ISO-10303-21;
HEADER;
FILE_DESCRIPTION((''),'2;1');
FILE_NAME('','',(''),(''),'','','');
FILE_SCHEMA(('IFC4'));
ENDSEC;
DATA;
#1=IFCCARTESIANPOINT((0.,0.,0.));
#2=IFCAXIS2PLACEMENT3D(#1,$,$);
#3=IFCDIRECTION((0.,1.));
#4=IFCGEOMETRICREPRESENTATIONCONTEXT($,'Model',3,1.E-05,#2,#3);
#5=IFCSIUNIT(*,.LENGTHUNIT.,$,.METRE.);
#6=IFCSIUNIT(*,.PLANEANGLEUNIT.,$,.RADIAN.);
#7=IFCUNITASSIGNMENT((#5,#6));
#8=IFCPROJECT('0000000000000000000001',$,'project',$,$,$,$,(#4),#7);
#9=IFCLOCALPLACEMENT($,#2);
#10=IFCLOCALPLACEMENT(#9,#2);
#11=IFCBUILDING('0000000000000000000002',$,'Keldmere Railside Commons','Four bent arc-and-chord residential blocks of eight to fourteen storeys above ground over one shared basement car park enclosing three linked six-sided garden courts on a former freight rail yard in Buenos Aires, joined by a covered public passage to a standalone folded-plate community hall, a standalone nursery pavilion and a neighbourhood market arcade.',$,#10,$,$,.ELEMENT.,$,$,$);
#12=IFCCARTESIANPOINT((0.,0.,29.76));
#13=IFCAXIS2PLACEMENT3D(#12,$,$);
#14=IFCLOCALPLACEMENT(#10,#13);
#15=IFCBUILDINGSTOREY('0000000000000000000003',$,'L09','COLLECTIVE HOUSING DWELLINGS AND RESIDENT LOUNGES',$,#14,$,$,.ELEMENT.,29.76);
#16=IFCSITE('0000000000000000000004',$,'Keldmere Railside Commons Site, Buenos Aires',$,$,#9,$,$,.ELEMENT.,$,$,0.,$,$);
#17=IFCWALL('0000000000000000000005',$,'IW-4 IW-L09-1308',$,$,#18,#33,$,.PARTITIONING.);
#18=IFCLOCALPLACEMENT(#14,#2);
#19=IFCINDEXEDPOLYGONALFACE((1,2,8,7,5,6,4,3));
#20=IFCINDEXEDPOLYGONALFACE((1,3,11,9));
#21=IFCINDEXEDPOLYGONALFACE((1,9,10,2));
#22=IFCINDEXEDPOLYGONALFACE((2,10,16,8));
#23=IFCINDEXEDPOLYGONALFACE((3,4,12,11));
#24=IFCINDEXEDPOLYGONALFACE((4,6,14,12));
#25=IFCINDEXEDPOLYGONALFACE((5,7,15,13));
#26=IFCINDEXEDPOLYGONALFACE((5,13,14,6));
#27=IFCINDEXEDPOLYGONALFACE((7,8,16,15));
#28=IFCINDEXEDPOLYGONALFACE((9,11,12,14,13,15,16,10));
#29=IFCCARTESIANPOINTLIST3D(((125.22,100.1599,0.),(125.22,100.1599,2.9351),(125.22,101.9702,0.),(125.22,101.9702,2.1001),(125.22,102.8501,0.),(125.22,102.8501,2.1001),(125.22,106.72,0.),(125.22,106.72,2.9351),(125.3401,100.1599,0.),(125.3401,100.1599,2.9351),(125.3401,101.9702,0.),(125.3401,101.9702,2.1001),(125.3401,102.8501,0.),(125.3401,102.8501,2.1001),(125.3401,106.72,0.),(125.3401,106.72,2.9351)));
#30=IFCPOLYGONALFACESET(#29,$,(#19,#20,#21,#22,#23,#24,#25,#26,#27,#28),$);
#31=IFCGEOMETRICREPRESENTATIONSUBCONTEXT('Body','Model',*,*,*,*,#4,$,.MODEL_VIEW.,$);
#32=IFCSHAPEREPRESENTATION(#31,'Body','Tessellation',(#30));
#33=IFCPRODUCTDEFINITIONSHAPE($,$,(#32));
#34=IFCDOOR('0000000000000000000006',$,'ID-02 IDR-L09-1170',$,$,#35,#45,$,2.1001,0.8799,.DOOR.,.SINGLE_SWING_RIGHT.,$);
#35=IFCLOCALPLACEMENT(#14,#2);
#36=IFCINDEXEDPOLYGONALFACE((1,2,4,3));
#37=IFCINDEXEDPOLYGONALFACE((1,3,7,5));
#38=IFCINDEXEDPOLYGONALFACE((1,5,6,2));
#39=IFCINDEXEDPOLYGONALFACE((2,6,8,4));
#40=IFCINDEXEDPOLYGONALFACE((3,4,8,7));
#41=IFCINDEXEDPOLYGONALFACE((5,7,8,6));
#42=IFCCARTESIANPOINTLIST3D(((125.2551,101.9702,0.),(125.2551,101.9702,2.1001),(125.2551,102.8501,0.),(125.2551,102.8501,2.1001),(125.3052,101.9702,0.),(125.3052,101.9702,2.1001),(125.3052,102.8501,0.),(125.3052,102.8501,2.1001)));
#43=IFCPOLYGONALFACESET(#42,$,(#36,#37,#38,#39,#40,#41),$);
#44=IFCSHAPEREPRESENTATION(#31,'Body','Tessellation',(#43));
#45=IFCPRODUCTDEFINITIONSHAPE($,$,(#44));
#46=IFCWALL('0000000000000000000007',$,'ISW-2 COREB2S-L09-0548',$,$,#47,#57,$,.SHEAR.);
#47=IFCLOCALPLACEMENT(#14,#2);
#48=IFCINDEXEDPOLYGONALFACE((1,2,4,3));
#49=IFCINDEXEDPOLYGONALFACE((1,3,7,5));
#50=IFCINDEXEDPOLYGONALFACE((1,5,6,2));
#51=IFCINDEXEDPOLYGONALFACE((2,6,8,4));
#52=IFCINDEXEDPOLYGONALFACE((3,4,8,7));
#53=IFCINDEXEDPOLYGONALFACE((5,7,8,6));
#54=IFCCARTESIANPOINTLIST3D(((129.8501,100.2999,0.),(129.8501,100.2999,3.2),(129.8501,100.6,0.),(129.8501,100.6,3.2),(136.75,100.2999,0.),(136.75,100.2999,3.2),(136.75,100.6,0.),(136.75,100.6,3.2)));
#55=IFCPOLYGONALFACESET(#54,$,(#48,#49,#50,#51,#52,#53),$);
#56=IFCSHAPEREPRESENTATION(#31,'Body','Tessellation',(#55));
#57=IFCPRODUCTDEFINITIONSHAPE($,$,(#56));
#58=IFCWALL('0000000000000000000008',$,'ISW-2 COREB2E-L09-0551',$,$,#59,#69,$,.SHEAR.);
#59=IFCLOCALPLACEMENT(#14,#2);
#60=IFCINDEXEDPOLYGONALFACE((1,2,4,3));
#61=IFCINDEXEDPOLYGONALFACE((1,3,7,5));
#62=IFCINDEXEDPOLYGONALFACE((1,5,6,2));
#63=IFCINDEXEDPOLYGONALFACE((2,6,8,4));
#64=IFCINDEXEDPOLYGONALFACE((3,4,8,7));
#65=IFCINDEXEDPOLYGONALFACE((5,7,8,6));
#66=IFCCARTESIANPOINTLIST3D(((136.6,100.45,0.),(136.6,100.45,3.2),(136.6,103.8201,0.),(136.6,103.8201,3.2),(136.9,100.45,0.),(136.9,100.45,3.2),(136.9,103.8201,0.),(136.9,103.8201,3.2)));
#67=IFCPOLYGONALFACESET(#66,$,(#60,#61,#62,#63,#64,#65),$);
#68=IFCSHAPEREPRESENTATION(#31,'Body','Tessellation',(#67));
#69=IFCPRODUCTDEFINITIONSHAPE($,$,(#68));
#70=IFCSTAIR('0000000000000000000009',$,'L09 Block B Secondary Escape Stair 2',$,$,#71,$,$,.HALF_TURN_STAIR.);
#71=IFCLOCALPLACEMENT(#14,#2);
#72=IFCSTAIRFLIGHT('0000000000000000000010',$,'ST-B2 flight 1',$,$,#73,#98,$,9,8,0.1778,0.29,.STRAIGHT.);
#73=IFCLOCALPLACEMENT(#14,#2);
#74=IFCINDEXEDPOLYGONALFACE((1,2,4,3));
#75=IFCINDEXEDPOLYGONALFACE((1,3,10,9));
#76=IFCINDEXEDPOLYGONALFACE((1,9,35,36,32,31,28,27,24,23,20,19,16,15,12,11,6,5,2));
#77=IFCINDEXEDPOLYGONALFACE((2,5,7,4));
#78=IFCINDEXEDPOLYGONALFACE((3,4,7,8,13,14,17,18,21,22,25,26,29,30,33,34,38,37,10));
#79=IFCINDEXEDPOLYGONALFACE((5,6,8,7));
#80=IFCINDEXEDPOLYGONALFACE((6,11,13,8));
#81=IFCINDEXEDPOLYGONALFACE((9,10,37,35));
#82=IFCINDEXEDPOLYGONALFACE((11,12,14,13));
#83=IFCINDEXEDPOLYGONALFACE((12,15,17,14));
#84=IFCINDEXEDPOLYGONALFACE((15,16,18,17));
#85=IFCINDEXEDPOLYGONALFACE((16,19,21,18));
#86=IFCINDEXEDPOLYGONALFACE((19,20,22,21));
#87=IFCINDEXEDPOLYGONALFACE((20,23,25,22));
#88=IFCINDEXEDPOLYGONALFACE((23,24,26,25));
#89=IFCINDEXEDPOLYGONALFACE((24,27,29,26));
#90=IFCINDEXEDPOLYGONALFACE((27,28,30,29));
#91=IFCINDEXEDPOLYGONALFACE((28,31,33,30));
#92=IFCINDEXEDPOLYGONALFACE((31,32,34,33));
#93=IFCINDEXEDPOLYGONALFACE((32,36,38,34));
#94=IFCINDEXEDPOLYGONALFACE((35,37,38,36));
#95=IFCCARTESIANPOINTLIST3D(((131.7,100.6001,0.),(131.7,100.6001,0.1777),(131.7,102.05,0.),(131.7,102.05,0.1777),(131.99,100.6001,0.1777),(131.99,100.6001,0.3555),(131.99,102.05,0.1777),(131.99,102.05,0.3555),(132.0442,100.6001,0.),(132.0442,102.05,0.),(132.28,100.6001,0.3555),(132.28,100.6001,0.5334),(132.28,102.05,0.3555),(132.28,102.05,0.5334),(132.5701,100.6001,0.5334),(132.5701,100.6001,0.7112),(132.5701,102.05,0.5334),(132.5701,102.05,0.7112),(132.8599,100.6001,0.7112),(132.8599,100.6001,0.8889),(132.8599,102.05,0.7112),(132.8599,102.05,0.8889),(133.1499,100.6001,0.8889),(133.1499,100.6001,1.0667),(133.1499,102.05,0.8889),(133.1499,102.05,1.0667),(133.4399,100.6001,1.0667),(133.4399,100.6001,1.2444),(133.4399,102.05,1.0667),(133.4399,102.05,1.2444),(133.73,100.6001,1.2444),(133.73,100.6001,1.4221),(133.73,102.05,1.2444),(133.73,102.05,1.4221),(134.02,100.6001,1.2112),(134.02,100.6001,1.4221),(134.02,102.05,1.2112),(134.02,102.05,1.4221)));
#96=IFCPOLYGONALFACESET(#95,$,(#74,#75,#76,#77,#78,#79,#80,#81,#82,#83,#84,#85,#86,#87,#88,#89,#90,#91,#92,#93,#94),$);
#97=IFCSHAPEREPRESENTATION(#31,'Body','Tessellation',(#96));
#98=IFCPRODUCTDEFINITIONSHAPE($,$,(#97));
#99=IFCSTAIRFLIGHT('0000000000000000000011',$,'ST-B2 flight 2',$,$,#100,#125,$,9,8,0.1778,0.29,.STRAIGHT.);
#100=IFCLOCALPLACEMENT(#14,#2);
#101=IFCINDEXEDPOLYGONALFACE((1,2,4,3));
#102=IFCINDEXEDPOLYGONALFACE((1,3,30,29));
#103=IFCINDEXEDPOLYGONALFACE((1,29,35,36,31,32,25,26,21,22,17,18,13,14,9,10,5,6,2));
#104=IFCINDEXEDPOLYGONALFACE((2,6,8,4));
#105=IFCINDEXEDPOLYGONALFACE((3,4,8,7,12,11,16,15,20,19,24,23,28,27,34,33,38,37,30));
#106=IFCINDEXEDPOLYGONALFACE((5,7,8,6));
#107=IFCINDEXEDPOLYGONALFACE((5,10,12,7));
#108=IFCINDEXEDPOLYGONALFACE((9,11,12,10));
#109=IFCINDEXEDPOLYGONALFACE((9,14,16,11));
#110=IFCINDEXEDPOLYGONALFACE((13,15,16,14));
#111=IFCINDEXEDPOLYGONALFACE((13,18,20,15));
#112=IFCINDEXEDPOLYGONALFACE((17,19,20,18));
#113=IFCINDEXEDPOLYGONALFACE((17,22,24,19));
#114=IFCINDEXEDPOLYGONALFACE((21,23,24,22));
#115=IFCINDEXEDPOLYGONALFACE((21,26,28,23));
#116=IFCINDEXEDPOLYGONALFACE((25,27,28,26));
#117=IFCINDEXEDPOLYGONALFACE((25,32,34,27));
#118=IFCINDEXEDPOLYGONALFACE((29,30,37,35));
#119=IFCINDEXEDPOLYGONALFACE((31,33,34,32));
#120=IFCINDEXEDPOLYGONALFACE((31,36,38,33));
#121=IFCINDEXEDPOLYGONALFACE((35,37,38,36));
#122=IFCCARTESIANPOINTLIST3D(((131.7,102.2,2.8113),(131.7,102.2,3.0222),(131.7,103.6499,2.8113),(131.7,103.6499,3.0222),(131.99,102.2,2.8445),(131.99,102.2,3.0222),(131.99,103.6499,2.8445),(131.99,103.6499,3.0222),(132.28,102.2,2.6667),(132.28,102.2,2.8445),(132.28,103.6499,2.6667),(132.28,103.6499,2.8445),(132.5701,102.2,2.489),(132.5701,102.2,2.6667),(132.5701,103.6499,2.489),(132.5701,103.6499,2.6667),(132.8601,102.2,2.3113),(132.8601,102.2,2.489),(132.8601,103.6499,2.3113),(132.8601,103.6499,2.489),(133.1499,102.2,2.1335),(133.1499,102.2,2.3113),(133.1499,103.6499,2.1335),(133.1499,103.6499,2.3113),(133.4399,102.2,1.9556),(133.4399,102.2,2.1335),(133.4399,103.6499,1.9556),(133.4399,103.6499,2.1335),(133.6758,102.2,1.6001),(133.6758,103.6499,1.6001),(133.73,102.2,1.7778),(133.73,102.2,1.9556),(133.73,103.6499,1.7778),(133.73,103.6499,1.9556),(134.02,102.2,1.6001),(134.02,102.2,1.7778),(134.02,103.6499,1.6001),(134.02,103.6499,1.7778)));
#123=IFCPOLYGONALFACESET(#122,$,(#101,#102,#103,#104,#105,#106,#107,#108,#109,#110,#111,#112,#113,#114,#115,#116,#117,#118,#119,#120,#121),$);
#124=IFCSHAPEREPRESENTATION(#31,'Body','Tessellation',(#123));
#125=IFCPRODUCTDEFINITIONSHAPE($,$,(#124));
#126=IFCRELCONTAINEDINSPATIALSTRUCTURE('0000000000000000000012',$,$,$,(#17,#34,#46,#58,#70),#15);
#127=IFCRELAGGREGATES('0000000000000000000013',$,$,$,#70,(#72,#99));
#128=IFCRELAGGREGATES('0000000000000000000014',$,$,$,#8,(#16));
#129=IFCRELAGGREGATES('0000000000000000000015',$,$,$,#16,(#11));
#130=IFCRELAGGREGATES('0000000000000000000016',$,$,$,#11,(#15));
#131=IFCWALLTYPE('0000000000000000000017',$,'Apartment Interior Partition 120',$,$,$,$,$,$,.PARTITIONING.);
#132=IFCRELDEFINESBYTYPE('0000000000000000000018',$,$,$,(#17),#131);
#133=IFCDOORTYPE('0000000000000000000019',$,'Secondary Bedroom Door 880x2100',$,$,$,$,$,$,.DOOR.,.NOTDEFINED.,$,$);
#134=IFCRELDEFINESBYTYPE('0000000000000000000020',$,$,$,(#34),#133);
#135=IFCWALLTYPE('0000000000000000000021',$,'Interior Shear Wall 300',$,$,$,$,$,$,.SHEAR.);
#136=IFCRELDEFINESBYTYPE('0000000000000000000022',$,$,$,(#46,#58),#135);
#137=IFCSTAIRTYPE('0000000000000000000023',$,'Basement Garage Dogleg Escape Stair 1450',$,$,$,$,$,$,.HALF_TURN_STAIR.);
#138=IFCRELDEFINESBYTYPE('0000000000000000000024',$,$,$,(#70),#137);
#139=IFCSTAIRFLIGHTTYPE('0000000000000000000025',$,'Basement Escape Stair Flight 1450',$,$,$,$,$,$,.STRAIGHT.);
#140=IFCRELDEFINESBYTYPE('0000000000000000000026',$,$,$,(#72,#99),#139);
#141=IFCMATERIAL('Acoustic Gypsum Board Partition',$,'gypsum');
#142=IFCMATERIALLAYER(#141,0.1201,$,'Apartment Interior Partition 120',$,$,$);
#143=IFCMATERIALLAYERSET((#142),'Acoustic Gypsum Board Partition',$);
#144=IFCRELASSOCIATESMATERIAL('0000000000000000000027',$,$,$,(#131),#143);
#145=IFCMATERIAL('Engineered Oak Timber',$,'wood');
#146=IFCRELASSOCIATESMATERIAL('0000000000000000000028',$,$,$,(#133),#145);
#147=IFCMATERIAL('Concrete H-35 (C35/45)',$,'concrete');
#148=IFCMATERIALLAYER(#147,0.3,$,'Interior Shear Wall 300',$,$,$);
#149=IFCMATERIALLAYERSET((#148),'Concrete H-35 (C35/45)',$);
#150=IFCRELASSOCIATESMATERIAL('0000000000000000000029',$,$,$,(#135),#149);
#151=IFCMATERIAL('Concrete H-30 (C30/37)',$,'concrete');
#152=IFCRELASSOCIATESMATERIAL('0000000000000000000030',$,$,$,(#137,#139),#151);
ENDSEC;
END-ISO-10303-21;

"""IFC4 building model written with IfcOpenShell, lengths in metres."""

from ifc_helpers import new_model, si_unit, direction, frame, frame_2d, origin, place, context, subcontext, project, spatial, polyline, rectangle, outline, extrude, material, layer, layer_set, type_object, element, fill, aggregate, save


model = new_model("IFC4")

# Units and contexts
model_context = context("Model", 3, precision=1e-05, world=origin(), true_north=direction((0.0, 1.0)))
body_context = subcontext(model_context, "Body", "Model", "MODEL_VIEW")
ifc_project = project(units=[si_unit("LENGTHUNIT", "METRE"), si_unit("PLANEANGLEUNIT", "RADIAN")], contexts=[model_context])

# Site, building, storey
site_placement = place(None, origin())
site = spatial("IfcSite", under=ifc_project, at=site_placement, Name="Keldmere Railside Commons Site, Buenos Aires", CompositionType="ELEMENT", RefElevation=0.0)
building_placement = place(site_placement, origin())
building = spatial("IfcBuilding", under=site, at=building_placement, Name="Keldmere Railside Commons", Description="Four bent arc-and-chord residential blocks of eight to fourteen storeys above ground over one shared basement car park enclosing three linked six-sided garden courts on a former freight rail yard in Buenos Aires, joined by a covered public passage to a standalone folded-plate community hall, a standalone nursery pavilion and a neighbourhood market arcade.", CompositionType="ELEMENT")
storey_placement = place(building_placement, frame((0.0, 0.0, 29.76)))
storey = spatial("IfcBuildingStorey", under=building, at=storey_placement, Name="L09", Description="COLLECTIVE HOUSING DWELLINGS AND RESIDENT LOUNGES", CompositionType="ELEMENT", Elevation=29.76)

# Wall, opening, door
ifc_material_1 = material(Name="Acoustic Gypsum Board Partition", Category="gypsum")
ifc_layer_1 = layer(ifc_material_1, 0.1201, Name="Apartment Interior Partition 120")
ifc_layer_set_1 = layer_set([ifc_layer_1], Name="Acoustic Gypsum Board Partition")
wall_type_1 = type_object("IfcWallType", Name="Apartment Interior Partition 120", PredefinedType="PARTITIONING", material=ifc_layer_set_1)
wall_1_placement = place(storey_placement, frame((125.28, 100.1599, 0.0), z_axis=(0.0, 0.0, 1.0), x_axis=(0.0, 1.0, 0.0)))
wall_1 = element("IfcWall", 1, at=wall_1_placement, inside=storey, type_object=wall_type_1, Name="IW-4 IW-L09-1308", PredefinedType="PARTITIONING", context=body_context, shape_type="SweptSolid", body=[
    extrude(rectangle(XDim=6.5601, YDim=0.1201, at=frame_2d((3.28, 0.0))), origin(), (0.0, 0.0, 1.0), 2.9351),
])
opening_placement = place(wall_1_placement, frame((1.8103, 0.0, 0.0)))
opening = element("IfcOpeningElement", 2, at=opening_placement, cuts=wall_1, PredefinedType="OPENING", context=body_context, shape_type="SweptSolid", body=[
    extrude(rectangle(XDim=0.8799, YDim=2.1001, at=frame_2d((0.4399, 1.05))), frame((0.0, 0.0701, 0.0), z_axis=(0.0, -1.0, 0.0), x_axis=(1.0, 0.0, 0.0)), (0.0, 0.0, 1.0), 0.1401),
])
ifc_material_2 = material(Name="Engineered Oak Timber", Category="wood")
door_type = type_object("IfcDoorType", Name="Secondary Bedroom Door 880x2100", OperationType="NOTDEFINED", PredefinedType="DOOR", material=ifc_material_2)
door_placement = place(opening_placement, origin())
door = element("IfcDoor", 3, at=door_placement, inside=storey, type_object=door_type, Name="ID-02 IDR-L09-1170", OperationType="SINGLE_SWING_RIGHT", OverallHeight=2.1001, OverallWidth=0.8799, PredefinedType="DOOR", context=body_context, shape_type="SweptSolid", body=[
    extrude(rectangle(XDim=0.8799, YDim=2.1001, at=frame_2d((0.4399, 1.05))), frame((0.0, 0.0249, 0.0), z_axis=(0.0, -1.0, 0.0), x_axis=(1.0, 0.0, 0.0)), (0.0, 0.0, 1.0), 0.05),
])
fill(opening, door)

# Walls
ifc_material_3 = material(Name="Concrete H-35 (C35/45)", Category="concrete")
ifc_layer_2 = layer(ifc_material_3, 0.3, Name="Interior Shear Wall 300")
ifc_layer_set_2 = layer_set([ifc_layer_2], Name="Concrete H-35 (C35/45)")
wall_type_2 = type_object("IfcWallType", Name="Interior Shear Wall 300", PredefinedType="SHEAR", material=ifc_layer_set_2)
wall_2_placement = place(storey_placement, frame((129.8501, 100.45, 0.0), z_axis=(0.0, 0.0, 1.0), x_axis=(1.0, 0.0, 0.0)))
element("IfcWall", 4, at=wall_2_placement, inside=storey, type_object=wall_type_2, Name="ISW-2 COREB2S-L09-0548", PredefinedType="SHEAR", context=body_context, shape_type="SweptSolid", body=[
    extrude(rectangle(XDim=6.8999, YDim=0.3, at=frame_2d((3.45, 0.0))), origin(), (0.0, 0.0, 1.0), 3.2),
])
wall_3_placement = place(storey_placement, frame((136.75, 100.45, 0.0), z_axis=(0.0, 0.0, 1.0), x_axis=(0.0, 1.0, 0.0)))
element("IfcWall", 5, at=wall_3_placement, inside=storey, type_object=wall_type_2, Name="ISW-2 COREB2E-L09-0551", PredefinedType="SHEAR", context=body_context, shape_type="SweptSolid", body=[
    extrude(rectangle(XDim=3.3701, YDim=0.3, at=frame_2d((1.6851, 0.0))), origin(), (0.0, 0.0, 1.0), 3.2),
])

# Stair, stair flights
ifc_material_4 = material(Name="Concrete H-30 (C30/37)", Category="concrete")
stair_type = type_object("IfcStairType", Name="Basement Garage Dogleg Escape Stair 1450", PredefinedType="HALF_TURN_STAIR", material=ifc_material_4)
stair_placement = place(storey_placement, origin())
stair = element("IfcStair", 6, at=stair_placement, inside=storey, type_object=stair_type, Name="L09 Block B Secondary Escape Stair 2", PredefinedType="HALF_TURN_STAIR")
stair_flight_type = type_object("IfcStairFlightType", Name="Basement Escape Stair Flight 1450", PredefinedType="STRAIGHT", material=ifc_material_4)
stair_flight_1_placement = place(storey_placement, frame((131.7, 101.325, 0.0), z_axis=(0.0, 0.0, 1.0), x_axis=(1.0, 0.0, 0.0)))
stair_flight_1 = element("IfcStairFlight", 7, at=stair_flight_1_placement, type_object=stair_flight_type, Name="ST-B2 flight 1", NumberOfRisers=9, NumberOfTreads=8, PredefinedType="STRAIGHT", RiserHeight=0.1778, TreadLength=0.29, context=body_context, shape_type="SweptSolid", body=[
    extrude(outline(polyline([(0.0, 0.0), (0.0, 0.1777), (0.29, 0.1777), (0.29, 0.3555), (0.5801, 0.3555), (0.5801, 0.5334), (0.8701, 0.5334), (0.8701, 0.7112), (1.1599, 0.7112), (1.1599, 0.8889), (1.45, 0.8889), (1.45, 1.0667), (1.74, 1.0667), (1.74, 1.2444), (2.03, 1.2444), (2.03, 1.4221), (2.3201, 1.4221), (2.3201, 1.6001), (2.3201, 1.2112), (0.3442, 0.0), (0.0, 0.0)])), frame((0.0, 0.7251, 0.0), z_axis=(0.0, -1.0, 0.0), x_axis=(1.0, 0.0, 0.0)), (0.0, 0.0, 1.0), 1.45),
])
stair_flight_2_placement = place(storey_placement, frame((134.02, 102.925, 1.6001), z_axis=(0.0, 0.0, 1.0), x_axis=(-1.0, 0.0, 0.0)))
stair_flight_2 = element("IfcStairFlight", 8, at=stair_flight_2_placement, type_object=stair_flight_type, Name="ST-B2 flight 2", NumberOfRisers=9, NumberOfTreads=8, PredefinedType="STRAIGHT", RiserHeight=0.1778, TreadLength=0.29, context=body_context, shape_type="SweptSolid", body=[
    extrude(outline(polyline([(0.0, 0.0), (0.0, 0.1777), (0.29, 0.1777), (0.29, 0.3555), (0.5801, 0.3555), (0.5801, 0.5334), (0.8701, 0.5334), (0.8701, 0.7112), (1.1599, 0.7112), (1.1599, 0.8889), (1.45, 0.8889), (1.45, 1.0667), (1.74, 1.0667), (1.74, 1.2444), (2.03, 1.2444), (2.03, 1.4221), (2.3201, 1.4221), (2.3201, 1.6001), (2.3201, 1.2112), (0.3442, 0.0), (0.0, 0.0)])), frame((0.0, 0.7251, 0.0), z_axis=(0.0, -1.0, 0.0), x_axis=(1.0, 0.0, 0.0)), (0.0, 0.0, 1.0), 1.45),
])
aggregate(stair, [stair_flight_1, stair_flight_2])

save(model, "model.ifc")
